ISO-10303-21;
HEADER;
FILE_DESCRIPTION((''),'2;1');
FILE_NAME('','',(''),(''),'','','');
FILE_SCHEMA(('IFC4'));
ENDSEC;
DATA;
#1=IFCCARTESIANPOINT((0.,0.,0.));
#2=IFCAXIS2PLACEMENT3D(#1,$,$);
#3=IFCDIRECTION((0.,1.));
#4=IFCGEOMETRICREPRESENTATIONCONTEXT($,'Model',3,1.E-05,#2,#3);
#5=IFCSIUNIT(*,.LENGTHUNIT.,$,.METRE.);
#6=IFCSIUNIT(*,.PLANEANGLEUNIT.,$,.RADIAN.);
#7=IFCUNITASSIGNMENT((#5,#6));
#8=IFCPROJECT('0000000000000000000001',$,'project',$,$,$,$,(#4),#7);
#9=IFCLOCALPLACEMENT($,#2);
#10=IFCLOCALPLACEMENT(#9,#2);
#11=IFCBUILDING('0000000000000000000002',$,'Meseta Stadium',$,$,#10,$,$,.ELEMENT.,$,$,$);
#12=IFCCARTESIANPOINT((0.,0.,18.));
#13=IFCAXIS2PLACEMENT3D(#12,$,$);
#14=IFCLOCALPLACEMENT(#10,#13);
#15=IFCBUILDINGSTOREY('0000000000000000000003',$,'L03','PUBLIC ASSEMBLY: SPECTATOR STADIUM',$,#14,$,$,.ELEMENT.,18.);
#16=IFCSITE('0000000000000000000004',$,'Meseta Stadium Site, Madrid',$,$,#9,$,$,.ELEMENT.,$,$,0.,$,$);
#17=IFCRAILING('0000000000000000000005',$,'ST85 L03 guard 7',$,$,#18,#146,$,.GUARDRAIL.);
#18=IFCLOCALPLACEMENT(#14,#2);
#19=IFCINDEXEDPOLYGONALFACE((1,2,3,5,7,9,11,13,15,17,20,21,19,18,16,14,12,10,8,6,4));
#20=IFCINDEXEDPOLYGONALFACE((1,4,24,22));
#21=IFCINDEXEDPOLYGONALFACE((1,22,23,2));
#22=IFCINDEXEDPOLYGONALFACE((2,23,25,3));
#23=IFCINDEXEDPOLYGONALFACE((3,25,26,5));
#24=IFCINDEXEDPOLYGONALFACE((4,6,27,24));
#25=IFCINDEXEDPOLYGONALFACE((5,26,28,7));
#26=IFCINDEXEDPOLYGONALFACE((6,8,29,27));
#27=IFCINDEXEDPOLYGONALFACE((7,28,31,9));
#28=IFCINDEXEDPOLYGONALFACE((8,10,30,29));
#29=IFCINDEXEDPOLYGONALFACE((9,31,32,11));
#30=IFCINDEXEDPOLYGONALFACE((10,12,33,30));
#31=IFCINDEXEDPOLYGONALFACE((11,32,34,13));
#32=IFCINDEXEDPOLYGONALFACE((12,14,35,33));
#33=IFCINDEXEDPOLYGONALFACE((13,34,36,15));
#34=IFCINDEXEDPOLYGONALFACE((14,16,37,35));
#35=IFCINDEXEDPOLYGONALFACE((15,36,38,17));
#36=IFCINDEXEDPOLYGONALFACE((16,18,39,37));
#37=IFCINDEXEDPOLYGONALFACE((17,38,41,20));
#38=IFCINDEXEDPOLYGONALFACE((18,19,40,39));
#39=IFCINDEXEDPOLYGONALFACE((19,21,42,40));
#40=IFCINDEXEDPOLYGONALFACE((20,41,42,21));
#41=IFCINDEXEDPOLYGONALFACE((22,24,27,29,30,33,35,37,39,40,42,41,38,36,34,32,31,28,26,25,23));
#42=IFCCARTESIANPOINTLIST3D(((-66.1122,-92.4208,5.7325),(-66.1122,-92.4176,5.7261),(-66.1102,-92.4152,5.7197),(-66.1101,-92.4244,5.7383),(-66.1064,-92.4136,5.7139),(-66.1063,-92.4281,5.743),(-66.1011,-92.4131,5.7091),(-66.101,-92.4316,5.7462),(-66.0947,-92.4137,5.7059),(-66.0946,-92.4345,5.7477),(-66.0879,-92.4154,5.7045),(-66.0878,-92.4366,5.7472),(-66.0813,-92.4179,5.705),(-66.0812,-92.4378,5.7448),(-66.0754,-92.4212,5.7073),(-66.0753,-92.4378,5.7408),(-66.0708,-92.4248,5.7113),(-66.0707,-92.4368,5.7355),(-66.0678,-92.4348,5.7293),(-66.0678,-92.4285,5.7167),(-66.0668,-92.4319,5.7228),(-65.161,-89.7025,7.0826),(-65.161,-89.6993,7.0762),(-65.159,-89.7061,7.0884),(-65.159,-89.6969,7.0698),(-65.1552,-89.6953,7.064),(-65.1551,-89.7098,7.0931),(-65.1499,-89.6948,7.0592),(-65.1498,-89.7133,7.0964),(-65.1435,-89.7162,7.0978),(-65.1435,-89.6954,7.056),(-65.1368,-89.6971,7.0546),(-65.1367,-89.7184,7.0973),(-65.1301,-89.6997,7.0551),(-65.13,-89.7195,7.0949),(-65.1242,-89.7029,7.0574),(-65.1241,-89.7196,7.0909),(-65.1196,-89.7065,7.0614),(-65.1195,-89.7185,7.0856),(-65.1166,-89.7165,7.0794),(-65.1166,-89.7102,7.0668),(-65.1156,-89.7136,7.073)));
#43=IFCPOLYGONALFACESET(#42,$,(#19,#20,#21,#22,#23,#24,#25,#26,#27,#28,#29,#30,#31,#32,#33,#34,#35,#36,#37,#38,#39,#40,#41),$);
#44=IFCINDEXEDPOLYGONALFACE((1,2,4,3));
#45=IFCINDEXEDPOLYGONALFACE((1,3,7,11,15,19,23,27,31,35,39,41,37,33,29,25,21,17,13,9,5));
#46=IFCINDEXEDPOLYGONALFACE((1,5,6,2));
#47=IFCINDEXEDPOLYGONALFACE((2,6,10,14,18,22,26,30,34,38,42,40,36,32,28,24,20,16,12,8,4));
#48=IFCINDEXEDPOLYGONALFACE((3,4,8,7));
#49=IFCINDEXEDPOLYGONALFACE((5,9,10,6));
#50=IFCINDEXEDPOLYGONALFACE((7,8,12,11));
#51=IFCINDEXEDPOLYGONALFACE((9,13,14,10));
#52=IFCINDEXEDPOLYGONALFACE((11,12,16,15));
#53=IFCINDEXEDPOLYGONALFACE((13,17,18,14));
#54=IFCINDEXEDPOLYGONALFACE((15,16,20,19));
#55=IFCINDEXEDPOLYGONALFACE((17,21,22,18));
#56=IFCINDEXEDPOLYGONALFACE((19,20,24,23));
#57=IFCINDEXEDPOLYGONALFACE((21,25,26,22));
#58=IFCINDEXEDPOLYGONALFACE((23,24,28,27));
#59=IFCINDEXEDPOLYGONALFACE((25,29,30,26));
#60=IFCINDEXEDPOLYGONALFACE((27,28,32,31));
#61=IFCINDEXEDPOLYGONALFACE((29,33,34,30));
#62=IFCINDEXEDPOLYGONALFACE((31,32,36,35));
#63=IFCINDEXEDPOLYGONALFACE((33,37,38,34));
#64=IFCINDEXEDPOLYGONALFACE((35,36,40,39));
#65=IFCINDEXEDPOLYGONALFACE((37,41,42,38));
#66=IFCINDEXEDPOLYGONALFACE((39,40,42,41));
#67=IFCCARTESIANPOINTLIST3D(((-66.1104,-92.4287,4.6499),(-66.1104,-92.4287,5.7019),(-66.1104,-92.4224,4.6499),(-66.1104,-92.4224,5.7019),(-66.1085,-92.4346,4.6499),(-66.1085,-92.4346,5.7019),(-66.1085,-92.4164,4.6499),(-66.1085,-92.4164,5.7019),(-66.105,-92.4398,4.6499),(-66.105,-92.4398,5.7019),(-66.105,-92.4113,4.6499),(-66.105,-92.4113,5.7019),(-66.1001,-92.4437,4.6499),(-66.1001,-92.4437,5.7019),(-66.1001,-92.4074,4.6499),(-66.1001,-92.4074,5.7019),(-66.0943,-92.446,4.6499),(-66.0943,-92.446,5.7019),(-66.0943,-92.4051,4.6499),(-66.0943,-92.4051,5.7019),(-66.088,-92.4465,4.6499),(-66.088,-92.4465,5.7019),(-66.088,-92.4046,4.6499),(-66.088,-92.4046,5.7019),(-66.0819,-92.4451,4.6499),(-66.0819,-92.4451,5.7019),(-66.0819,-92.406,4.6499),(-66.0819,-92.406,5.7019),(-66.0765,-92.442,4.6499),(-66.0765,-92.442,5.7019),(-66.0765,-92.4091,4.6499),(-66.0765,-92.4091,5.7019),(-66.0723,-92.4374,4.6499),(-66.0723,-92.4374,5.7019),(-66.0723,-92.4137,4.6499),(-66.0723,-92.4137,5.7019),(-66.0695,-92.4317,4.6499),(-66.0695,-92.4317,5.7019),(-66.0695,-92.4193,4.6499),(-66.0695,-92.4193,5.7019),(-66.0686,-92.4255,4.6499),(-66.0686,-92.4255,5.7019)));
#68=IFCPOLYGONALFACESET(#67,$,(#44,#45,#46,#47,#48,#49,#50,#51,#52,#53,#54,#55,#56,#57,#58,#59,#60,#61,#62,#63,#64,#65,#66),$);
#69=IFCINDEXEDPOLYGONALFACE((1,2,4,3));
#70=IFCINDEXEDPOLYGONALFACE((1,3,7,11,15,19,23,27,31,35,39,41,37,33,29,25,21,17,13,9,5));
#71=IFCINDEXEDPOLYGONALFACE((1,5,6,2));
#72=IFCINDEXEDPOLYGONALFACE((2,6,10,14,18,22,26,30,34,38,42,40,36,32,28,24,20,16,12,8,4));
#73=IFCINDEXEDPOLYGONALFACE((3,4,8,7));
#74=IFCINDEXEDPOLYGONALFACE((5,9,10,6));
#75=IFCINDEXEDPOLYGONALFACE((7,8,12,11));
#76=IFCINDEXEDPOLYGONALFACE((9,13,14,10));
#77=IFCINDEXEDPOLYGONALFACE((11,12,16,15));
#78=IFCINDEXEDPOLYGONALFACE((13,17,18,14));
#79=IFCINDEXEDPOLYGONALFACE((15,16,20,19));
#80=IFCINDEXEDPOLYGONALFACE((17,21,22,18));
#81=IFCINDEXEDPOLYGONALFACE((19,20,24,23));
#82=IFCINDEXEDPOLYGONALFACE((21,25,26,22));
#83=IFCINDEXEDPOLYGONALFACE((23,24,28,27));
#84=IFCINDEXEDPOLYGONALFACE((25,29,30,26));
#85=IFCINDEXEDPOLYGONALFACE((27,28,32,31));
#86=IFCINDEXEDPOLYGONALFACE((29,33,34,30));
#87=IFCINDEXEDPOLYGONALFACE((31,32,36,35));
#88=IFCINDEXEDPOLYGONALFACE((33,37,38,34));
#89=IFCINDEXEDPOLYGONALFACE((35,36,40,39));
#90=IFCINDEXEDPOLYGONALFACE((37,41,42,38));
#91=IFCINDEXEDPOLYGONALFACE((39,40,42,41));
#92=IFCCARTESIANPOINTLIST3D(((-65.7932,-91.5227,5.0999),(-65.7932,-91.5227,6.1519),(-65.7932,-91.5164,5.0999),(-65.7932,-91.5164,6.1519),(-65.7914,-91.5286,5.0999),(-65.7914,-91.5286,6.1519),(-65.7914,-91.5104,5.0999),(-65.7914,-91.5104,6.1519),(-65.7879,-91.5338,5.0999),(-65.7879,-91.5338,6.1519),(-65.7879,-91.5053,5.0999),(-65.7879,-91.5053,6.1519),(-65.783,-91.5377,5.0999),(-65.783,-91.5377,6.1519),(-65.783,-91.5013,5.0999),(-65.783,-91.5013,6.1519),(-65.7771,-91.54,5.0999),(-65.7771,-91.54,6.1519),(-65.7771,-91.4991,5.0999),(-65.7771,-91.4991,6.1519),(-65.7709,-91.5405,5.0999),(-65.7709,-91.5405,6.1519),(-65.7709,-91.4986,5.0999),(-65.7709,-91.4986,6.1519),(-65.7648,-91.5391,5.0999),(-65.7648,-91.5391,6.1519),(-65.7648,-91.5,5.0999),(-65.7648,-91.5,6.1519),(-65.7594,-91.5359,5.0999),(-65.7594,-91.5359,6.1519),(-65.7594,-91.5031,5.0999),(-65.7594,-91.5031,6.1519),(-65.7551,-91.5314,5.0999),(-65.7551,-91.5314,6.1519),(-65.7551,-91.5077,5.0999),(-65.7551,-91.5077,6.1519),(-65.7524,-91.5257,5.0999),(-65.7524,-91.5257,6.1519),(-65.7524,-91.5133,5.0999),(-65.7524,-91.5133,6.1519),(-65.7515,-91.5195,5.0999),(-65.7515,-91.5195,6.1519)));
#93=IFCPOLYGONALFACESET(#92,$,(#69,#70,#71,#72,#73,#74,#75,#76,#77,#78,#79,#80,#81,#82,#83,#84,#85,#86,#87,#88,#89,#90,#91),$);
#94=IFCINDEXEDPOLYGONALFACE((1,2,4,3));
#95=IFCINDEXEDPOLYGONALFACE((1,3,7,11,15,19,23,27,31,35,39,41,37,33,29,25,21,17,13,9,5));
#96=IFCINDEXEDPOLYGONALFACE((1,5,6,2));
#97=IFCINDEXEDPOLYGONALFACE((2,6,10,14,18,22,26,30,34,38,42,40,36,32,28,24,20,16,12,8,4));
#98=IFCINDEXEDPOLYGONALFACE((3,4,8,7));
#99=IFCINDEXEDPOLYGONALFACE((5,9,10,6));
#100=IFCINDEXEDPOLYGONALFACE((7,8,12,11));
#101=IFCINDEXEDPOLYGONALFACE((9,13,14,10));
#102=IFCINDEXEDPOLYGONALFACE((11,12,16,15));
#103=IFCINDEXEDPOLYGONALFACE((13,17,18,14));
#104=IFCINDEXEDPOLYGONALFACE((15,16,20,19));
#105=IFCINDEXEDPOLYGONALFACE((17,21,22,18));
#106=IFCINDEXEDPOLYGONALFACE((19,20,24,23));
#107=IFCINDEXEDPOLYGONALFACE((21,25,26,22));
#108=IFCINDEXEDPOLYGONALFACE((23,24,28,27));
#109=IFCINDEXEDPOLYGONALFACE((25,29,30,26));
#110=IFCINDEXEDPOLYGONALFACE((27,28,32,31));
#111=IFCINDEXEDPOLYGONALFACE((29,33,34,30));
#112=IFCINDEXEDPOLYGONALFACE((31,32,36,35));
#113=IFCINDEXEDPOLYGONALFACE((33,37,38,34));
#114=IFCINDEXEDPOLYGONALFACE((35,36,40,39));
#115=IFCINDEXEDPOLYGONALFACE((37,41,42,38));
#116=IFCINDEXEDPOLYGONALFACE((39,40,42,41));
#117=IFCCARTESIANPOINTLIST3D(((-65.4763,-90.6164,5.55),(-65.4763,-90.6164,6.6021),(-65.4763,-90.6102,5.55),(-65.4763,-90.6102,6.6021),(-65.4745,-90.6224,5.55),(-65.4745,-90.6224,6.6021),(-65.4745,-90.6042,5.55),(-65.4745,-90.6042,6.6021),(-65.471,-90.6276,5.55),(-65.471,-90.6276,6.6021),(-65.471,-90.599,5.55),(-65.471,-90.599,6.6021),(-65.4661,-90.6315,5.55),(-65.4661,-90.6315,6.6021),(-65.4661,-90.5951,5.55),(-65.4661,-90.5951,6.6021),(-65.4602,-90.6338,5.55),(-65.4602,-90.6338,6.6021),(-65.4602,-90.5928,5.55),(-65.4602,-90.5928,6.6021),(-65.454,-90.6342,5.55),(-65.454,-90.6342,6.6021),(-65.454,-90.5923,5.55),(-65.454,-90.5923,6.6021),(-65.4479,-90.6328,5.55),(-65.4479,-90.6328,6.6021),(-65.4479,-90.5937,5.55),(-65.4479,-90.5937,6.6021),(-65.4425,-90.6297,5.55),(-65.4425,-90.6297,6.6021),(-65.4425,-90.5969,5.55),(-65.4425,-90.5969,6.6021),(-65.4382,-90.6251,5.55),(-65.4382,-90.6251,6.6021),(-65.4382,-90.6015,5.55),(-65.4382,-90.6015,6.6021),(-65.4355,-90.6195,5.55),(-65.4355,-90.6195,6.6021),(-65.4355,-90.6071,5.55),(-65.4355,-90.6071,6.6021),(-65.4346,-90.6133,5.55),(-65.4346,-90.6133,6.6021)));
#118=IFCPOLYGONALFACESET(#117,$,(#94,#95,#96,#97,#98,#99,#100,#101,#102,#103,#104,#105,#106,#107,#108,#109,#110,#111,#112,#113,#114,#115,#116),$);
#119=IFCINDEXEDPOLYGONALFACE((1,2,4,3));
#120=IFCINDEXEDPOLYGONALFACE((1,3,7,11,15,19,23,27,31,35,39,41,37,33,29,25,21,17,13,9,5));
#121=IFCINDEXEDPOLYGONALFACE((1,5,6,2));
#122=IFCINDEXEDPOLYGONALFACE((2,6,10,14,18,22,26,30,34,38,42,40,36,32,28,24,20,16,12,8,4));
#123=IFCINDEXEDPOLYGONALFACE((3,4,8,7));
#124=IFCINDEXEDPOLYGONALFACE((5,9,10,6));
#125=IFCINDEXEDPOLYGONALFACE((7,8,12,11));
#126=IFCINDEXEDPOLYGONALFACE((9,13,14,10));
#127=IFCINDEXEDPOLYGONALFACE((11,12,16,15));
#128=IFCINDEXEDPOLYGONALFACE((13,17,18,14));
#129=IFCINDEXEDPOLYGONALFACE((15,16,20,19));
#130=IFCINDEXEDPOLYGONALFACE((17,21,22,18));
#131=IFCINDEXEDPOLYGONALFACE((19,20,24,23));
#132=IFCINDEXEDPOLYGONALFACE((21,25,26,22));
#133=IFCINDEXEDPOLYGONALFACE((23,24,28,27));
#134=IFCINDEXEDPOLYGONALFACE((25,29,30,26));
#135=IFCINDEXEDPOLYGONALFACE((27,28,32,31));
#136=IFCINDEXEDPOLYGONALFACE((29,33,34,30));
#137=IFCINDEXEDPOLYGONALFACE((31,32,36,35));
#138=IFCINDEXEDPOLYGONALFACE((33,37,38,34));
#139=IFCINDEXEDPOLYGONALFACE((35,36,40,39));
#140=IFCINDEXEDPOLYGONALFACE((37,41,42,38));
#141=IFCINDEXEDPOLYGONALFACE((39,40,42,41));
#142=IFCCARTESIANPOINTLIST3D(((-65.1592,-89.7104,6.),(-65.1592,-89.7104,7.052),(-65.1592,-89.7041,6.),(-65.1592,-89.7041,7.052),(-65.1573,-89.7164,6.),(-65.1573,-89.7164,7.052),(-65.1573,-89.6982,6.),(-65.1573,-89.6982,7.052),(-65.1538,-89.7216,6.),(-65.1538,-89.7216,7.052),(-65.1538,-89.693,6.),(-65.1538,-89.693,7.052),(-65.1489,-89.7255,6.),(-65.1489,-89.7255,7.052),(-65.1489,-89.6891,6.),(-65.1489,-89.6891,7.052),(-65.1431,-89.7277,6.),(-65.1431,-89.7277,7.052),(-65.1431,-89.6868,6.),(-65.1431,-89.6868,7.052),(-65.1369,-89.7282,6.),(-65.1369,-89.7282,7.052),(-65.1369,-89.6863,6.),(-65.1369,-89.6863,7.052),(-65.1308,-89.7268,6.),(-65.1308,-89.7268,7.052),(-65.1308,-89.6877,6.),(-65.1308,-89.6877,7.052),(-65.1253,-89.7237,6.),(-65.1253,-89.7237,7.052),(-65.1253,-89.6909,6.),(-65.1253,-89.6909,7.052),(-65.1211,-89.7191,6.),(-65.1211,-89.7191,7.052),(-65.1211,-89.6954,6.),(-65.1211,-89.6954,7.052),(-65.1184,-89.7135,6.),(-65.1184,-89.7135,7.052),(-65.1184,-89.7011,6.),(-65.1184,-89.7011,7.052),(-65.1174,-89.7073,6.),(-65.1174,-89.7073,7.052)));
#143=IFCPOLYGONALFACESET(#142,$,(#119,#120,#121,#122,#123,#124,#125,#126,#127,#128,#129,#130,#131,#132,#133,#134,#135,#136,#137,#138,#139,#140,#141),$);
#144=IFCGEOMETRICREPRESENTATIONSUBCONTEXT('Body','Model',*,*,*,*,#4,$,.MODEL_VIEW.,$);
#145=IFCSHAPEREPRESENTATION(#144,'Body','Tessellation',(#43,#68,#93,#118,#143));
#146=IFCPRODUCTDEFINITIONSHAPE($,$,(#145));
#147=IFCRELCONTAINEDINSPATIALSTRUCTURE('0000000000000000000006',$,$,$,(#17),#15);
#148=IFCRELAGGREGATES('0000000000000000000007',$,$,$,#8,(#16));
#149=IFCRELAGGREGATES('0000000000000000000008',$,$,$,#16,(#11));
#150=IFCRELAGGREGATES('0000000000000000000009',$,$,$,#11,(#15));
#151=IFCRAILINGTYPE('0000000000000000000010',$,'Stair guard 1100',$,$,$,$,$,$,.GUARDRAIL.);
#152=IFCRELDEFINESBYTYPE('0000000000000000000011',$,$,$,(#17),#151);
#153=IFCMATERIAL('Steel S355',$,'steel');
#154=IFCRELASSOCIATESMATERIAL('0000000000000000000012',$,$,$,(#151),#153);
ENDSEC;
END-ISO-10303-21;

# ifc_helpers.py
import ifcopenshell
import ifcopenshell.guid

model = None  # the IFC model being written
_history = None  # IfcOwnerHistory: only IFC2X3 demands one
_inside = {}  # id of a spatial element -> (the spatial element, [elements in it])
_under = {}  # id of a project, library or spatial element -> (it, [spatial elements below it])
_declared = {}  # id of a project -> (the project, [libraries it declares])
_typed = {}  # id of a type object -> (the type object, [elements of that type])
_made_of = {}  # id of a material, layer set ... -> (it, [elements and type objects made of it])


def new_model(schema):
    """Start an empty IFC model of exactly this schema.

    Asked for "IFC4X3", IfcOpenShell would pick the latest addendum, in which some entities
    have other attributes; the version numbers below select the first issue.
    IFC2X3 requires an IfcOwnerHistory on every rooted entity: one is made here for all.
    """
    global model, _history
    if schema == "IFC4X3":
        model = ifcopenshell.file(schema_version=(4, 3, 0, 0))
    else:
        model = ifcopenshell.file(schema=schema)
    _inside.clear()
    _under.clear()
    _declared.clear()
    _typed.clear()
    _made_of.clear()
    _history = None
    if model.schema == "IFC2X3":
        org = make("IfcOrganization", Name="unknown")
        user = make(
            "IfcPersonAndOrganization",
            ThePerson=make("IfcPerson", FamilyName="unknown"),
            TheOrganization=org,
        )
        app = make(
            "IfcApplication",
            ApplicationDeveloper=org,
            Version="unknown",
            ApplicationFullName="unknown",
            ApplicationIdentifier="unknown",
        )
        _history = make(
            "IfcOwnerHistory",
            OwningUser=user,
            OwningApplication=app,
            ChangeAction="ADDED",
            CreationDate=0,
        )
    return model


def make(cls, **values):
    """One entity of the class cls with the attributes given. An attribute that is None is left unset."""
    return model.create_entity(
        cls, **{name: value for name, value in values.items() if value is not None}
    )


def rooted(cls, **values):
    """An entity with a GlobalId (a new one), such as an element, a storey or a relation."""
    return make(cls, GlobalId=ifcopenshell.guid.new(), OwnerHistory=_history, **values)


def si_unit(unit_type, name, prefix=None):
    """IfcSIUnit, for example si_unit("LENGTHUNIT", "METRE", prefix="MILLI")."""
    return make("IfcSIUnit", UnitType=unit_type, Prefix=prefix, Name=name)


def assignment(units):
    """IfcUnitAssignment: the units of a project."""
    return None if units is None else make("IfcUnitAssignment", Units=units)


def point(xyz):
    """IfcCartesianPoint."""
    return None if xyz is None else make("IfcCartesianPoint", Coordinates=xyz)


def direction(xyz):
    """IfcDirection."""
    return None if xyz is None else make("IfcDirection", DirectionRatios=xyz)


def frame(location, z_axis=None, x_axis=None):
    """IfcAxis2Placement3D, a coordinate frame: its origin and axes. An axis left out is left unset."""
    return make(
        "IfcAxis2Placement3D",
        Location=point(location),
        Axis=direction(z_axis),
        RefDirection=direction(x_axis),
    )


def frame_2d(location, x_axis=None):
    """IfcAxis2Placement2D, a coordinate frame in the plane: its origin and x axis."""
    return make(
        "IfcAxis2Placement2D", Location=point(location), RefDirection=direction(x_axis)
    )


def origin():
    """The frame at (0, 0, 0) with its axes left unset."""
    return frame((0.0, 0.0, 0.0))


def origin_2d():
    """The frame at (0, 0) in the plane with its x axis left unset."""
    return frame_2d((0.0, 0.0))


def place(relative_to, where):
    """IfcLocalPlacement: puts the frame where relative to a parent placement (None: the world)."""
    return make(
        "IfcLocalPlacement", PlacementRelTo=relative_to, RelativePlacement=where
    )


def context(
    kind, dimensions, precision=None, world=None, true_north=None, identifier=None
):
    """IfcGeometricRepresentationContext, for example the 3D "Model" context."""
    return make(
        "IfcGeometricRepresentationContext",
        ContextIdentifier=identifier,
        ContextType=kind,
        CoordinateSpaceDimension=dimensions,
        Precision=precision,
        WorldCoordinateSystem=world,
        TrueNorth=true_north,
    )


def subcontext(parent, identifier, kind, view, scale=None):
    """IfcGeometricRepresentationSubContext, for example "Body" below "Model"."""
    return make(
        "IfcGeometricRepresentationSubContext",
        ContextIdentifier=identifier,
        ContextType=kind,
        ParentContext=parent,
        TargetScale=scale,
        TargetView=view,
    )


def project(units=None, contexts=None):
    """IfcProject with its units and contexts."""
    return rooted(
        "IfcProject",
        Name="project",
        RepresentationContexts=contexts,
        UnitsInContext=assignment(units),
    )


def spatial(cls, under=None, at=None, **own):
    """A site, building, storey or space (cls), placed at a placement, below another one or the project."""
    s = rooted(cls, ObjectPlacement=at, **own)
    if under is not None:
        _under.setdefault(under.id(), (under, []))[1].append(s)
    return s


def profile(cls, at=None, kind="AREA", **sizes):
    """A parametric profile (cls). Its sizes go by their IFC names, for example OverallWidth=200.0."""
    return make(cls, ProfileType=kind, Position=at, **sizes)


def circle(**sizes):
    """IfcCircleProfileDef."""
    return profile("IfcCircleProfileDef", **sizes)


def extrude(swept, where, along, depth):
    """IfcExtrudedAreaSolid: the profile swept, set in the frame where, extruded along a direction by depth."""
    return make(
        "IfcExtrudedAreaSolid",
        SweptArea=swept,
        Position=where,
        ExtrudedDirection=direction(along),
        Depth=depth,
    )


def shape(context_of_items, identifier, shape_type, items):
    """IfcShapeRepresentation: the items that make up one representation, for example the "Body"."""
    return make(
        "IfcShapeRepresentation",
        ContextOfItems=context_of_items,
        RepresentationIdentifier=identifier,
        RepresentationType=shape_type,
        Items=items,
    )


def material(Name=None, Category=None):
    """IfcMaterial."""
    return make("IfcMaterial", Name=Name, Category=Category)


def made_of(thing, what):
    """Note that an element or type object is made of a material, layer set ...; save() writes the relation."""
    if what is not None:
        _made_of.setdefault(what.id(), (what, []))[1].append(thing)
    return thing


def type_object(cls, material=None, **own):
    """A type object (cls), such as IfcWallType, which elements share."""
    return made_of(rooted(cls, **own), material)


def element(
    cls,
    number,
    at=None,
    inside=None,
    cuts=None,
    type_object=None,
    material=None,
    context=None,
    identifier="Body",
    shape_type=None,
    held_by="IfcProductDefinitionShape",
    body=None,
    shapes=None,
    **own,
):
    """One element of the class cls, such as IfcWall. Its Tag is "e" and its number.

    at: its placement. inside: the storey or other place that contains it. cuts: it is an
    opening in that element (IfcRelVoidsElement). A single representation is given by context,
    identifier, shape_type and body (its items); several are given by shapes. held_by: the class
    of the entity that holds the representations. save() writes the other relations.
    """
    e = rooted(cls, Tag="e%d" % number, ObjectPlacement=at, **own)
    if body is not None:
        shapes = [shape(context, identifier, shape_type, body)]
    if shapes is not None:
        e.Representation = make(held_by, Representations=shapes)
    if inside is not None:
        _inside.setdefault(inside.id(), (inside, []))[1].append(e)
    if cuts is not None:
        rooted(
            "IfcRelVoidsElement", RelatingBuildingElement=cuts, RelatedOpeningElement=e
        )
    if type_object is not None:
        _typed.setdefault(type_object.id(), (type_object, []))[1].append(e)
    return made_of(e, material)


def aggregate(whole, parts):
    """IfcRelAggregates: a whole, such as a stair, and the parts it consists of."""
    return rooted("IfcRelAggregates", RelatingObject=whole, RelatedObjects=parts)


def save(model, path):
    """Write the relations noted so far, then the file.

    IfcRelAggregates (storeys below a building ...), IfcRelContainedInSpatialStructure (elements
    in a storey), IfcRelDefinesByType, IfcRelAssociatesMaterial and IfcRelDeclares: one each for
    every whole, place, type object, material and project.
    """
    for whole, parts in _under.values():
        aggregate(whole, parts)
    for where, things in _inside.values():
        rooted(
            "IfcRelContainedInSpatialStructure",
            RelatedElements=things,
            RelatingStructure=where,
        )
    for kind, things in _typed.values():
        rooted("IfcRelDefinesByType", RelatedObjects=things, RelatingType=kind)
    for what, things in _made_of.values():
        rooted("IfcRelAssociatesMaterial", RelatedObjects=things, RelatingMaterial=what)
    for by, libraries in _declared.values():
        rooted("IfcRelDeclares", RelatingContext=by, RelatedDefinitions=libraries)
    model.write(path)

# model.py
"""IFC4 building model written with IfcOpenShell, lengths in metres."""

from ifc_helpers import new_model, si_unit, direction, frame, origin, origin_2d, place, context, subcontext, project, spatial, circle, extrude, material, type_object, element, save


model = new_model("IFC4")

# Units and contexts
model_context = context("Model", 3, precision=1e-05, world=origin(), true_north=direction((0.0, 1.0)))
body_context = subcontext(model_context, "Body", "Model", "MODEL_VIEW")
ifc_project = project(units=[si_unit("LENGTHUNIT", "METRE"), si_unit("PLANEANGLEUNIT", "RADIAN")], contexts=[model_context])

# Site, building, storey
site_placement = place(None, origin())
site = spatial("IfcSite", under=ifc_project, at=site_placement, Name="Meseta Stadium Site, Madrid", CompositionType="ELEMENT", RefElevation=0.0)
building_placement = place(site_placement, origin())
building = spatial("IfcBuilding", under=site, at=building_placement, Name="Meseta Stadium", CompositionType="ELEMENT")
storey_placement = place(building_placement, frame((0.0, 0.0, 18.0)))
storey = spatial("IfcBuildingStorey", under=building, at=storey_placement, Name="L03", Description="PUBLIC ASSEMBLY: SPECTATOR STADIUM", CompositionType="ELEMENT", Elevation=18.0)

# Railing
ifc_material_1 = material(Name="Steel S355", Category="steel")
railing_type_1 = type_object("IfcRailingType", Name="Stair guard 1100", PredefinedType="GUARDRAIL", material=ifc_material_1)
railing_1_placement = place(storey_placement, frame((-66.0896, -92.4255, 4.6499)))
element("IfcRailing", 1, at=railing_1_placement, inside=storey, type_object=railing_type_1, Name="ST85 L03 guard 7", PredefinedType="GUARDRAIL", context=body_context, shape_type="SweptSolid", body=[
    extrude(circle(Radius=0.0239, at=origin_2d()), frame((0.0, 0.0, 1.0762), z_axis=(0.299051, 0.854629, 0.424474), x_axis=(-0.943882, 0.330282, 0.0)), (0.0, 0.0, 1.0), 3.1807),
    extrude(circle(Radius=0.021, at=origin_2d()), origin(), (0.0, 0.0, 1.0), 1.052),
    extrude(circle(Radius=0.021, at=origin_2d()), frame((0.3171, 0.906, 0.45)), (0.0, 0.0, 1.0), 1.052),
    extrude(circle(Radius=0.021, at=origin_2d()), frame((0.634, 1.8123, 0.9001)), (0.0, 0.0, 1.0), 1.052),
    extrude(circle(Radius=0.021, at=origin_2d()), frame((0.9512, 2.7183, 1.3501)), (0.0, 0.0, 1.0), 1.052),
])

save(model, "model.ifc")
